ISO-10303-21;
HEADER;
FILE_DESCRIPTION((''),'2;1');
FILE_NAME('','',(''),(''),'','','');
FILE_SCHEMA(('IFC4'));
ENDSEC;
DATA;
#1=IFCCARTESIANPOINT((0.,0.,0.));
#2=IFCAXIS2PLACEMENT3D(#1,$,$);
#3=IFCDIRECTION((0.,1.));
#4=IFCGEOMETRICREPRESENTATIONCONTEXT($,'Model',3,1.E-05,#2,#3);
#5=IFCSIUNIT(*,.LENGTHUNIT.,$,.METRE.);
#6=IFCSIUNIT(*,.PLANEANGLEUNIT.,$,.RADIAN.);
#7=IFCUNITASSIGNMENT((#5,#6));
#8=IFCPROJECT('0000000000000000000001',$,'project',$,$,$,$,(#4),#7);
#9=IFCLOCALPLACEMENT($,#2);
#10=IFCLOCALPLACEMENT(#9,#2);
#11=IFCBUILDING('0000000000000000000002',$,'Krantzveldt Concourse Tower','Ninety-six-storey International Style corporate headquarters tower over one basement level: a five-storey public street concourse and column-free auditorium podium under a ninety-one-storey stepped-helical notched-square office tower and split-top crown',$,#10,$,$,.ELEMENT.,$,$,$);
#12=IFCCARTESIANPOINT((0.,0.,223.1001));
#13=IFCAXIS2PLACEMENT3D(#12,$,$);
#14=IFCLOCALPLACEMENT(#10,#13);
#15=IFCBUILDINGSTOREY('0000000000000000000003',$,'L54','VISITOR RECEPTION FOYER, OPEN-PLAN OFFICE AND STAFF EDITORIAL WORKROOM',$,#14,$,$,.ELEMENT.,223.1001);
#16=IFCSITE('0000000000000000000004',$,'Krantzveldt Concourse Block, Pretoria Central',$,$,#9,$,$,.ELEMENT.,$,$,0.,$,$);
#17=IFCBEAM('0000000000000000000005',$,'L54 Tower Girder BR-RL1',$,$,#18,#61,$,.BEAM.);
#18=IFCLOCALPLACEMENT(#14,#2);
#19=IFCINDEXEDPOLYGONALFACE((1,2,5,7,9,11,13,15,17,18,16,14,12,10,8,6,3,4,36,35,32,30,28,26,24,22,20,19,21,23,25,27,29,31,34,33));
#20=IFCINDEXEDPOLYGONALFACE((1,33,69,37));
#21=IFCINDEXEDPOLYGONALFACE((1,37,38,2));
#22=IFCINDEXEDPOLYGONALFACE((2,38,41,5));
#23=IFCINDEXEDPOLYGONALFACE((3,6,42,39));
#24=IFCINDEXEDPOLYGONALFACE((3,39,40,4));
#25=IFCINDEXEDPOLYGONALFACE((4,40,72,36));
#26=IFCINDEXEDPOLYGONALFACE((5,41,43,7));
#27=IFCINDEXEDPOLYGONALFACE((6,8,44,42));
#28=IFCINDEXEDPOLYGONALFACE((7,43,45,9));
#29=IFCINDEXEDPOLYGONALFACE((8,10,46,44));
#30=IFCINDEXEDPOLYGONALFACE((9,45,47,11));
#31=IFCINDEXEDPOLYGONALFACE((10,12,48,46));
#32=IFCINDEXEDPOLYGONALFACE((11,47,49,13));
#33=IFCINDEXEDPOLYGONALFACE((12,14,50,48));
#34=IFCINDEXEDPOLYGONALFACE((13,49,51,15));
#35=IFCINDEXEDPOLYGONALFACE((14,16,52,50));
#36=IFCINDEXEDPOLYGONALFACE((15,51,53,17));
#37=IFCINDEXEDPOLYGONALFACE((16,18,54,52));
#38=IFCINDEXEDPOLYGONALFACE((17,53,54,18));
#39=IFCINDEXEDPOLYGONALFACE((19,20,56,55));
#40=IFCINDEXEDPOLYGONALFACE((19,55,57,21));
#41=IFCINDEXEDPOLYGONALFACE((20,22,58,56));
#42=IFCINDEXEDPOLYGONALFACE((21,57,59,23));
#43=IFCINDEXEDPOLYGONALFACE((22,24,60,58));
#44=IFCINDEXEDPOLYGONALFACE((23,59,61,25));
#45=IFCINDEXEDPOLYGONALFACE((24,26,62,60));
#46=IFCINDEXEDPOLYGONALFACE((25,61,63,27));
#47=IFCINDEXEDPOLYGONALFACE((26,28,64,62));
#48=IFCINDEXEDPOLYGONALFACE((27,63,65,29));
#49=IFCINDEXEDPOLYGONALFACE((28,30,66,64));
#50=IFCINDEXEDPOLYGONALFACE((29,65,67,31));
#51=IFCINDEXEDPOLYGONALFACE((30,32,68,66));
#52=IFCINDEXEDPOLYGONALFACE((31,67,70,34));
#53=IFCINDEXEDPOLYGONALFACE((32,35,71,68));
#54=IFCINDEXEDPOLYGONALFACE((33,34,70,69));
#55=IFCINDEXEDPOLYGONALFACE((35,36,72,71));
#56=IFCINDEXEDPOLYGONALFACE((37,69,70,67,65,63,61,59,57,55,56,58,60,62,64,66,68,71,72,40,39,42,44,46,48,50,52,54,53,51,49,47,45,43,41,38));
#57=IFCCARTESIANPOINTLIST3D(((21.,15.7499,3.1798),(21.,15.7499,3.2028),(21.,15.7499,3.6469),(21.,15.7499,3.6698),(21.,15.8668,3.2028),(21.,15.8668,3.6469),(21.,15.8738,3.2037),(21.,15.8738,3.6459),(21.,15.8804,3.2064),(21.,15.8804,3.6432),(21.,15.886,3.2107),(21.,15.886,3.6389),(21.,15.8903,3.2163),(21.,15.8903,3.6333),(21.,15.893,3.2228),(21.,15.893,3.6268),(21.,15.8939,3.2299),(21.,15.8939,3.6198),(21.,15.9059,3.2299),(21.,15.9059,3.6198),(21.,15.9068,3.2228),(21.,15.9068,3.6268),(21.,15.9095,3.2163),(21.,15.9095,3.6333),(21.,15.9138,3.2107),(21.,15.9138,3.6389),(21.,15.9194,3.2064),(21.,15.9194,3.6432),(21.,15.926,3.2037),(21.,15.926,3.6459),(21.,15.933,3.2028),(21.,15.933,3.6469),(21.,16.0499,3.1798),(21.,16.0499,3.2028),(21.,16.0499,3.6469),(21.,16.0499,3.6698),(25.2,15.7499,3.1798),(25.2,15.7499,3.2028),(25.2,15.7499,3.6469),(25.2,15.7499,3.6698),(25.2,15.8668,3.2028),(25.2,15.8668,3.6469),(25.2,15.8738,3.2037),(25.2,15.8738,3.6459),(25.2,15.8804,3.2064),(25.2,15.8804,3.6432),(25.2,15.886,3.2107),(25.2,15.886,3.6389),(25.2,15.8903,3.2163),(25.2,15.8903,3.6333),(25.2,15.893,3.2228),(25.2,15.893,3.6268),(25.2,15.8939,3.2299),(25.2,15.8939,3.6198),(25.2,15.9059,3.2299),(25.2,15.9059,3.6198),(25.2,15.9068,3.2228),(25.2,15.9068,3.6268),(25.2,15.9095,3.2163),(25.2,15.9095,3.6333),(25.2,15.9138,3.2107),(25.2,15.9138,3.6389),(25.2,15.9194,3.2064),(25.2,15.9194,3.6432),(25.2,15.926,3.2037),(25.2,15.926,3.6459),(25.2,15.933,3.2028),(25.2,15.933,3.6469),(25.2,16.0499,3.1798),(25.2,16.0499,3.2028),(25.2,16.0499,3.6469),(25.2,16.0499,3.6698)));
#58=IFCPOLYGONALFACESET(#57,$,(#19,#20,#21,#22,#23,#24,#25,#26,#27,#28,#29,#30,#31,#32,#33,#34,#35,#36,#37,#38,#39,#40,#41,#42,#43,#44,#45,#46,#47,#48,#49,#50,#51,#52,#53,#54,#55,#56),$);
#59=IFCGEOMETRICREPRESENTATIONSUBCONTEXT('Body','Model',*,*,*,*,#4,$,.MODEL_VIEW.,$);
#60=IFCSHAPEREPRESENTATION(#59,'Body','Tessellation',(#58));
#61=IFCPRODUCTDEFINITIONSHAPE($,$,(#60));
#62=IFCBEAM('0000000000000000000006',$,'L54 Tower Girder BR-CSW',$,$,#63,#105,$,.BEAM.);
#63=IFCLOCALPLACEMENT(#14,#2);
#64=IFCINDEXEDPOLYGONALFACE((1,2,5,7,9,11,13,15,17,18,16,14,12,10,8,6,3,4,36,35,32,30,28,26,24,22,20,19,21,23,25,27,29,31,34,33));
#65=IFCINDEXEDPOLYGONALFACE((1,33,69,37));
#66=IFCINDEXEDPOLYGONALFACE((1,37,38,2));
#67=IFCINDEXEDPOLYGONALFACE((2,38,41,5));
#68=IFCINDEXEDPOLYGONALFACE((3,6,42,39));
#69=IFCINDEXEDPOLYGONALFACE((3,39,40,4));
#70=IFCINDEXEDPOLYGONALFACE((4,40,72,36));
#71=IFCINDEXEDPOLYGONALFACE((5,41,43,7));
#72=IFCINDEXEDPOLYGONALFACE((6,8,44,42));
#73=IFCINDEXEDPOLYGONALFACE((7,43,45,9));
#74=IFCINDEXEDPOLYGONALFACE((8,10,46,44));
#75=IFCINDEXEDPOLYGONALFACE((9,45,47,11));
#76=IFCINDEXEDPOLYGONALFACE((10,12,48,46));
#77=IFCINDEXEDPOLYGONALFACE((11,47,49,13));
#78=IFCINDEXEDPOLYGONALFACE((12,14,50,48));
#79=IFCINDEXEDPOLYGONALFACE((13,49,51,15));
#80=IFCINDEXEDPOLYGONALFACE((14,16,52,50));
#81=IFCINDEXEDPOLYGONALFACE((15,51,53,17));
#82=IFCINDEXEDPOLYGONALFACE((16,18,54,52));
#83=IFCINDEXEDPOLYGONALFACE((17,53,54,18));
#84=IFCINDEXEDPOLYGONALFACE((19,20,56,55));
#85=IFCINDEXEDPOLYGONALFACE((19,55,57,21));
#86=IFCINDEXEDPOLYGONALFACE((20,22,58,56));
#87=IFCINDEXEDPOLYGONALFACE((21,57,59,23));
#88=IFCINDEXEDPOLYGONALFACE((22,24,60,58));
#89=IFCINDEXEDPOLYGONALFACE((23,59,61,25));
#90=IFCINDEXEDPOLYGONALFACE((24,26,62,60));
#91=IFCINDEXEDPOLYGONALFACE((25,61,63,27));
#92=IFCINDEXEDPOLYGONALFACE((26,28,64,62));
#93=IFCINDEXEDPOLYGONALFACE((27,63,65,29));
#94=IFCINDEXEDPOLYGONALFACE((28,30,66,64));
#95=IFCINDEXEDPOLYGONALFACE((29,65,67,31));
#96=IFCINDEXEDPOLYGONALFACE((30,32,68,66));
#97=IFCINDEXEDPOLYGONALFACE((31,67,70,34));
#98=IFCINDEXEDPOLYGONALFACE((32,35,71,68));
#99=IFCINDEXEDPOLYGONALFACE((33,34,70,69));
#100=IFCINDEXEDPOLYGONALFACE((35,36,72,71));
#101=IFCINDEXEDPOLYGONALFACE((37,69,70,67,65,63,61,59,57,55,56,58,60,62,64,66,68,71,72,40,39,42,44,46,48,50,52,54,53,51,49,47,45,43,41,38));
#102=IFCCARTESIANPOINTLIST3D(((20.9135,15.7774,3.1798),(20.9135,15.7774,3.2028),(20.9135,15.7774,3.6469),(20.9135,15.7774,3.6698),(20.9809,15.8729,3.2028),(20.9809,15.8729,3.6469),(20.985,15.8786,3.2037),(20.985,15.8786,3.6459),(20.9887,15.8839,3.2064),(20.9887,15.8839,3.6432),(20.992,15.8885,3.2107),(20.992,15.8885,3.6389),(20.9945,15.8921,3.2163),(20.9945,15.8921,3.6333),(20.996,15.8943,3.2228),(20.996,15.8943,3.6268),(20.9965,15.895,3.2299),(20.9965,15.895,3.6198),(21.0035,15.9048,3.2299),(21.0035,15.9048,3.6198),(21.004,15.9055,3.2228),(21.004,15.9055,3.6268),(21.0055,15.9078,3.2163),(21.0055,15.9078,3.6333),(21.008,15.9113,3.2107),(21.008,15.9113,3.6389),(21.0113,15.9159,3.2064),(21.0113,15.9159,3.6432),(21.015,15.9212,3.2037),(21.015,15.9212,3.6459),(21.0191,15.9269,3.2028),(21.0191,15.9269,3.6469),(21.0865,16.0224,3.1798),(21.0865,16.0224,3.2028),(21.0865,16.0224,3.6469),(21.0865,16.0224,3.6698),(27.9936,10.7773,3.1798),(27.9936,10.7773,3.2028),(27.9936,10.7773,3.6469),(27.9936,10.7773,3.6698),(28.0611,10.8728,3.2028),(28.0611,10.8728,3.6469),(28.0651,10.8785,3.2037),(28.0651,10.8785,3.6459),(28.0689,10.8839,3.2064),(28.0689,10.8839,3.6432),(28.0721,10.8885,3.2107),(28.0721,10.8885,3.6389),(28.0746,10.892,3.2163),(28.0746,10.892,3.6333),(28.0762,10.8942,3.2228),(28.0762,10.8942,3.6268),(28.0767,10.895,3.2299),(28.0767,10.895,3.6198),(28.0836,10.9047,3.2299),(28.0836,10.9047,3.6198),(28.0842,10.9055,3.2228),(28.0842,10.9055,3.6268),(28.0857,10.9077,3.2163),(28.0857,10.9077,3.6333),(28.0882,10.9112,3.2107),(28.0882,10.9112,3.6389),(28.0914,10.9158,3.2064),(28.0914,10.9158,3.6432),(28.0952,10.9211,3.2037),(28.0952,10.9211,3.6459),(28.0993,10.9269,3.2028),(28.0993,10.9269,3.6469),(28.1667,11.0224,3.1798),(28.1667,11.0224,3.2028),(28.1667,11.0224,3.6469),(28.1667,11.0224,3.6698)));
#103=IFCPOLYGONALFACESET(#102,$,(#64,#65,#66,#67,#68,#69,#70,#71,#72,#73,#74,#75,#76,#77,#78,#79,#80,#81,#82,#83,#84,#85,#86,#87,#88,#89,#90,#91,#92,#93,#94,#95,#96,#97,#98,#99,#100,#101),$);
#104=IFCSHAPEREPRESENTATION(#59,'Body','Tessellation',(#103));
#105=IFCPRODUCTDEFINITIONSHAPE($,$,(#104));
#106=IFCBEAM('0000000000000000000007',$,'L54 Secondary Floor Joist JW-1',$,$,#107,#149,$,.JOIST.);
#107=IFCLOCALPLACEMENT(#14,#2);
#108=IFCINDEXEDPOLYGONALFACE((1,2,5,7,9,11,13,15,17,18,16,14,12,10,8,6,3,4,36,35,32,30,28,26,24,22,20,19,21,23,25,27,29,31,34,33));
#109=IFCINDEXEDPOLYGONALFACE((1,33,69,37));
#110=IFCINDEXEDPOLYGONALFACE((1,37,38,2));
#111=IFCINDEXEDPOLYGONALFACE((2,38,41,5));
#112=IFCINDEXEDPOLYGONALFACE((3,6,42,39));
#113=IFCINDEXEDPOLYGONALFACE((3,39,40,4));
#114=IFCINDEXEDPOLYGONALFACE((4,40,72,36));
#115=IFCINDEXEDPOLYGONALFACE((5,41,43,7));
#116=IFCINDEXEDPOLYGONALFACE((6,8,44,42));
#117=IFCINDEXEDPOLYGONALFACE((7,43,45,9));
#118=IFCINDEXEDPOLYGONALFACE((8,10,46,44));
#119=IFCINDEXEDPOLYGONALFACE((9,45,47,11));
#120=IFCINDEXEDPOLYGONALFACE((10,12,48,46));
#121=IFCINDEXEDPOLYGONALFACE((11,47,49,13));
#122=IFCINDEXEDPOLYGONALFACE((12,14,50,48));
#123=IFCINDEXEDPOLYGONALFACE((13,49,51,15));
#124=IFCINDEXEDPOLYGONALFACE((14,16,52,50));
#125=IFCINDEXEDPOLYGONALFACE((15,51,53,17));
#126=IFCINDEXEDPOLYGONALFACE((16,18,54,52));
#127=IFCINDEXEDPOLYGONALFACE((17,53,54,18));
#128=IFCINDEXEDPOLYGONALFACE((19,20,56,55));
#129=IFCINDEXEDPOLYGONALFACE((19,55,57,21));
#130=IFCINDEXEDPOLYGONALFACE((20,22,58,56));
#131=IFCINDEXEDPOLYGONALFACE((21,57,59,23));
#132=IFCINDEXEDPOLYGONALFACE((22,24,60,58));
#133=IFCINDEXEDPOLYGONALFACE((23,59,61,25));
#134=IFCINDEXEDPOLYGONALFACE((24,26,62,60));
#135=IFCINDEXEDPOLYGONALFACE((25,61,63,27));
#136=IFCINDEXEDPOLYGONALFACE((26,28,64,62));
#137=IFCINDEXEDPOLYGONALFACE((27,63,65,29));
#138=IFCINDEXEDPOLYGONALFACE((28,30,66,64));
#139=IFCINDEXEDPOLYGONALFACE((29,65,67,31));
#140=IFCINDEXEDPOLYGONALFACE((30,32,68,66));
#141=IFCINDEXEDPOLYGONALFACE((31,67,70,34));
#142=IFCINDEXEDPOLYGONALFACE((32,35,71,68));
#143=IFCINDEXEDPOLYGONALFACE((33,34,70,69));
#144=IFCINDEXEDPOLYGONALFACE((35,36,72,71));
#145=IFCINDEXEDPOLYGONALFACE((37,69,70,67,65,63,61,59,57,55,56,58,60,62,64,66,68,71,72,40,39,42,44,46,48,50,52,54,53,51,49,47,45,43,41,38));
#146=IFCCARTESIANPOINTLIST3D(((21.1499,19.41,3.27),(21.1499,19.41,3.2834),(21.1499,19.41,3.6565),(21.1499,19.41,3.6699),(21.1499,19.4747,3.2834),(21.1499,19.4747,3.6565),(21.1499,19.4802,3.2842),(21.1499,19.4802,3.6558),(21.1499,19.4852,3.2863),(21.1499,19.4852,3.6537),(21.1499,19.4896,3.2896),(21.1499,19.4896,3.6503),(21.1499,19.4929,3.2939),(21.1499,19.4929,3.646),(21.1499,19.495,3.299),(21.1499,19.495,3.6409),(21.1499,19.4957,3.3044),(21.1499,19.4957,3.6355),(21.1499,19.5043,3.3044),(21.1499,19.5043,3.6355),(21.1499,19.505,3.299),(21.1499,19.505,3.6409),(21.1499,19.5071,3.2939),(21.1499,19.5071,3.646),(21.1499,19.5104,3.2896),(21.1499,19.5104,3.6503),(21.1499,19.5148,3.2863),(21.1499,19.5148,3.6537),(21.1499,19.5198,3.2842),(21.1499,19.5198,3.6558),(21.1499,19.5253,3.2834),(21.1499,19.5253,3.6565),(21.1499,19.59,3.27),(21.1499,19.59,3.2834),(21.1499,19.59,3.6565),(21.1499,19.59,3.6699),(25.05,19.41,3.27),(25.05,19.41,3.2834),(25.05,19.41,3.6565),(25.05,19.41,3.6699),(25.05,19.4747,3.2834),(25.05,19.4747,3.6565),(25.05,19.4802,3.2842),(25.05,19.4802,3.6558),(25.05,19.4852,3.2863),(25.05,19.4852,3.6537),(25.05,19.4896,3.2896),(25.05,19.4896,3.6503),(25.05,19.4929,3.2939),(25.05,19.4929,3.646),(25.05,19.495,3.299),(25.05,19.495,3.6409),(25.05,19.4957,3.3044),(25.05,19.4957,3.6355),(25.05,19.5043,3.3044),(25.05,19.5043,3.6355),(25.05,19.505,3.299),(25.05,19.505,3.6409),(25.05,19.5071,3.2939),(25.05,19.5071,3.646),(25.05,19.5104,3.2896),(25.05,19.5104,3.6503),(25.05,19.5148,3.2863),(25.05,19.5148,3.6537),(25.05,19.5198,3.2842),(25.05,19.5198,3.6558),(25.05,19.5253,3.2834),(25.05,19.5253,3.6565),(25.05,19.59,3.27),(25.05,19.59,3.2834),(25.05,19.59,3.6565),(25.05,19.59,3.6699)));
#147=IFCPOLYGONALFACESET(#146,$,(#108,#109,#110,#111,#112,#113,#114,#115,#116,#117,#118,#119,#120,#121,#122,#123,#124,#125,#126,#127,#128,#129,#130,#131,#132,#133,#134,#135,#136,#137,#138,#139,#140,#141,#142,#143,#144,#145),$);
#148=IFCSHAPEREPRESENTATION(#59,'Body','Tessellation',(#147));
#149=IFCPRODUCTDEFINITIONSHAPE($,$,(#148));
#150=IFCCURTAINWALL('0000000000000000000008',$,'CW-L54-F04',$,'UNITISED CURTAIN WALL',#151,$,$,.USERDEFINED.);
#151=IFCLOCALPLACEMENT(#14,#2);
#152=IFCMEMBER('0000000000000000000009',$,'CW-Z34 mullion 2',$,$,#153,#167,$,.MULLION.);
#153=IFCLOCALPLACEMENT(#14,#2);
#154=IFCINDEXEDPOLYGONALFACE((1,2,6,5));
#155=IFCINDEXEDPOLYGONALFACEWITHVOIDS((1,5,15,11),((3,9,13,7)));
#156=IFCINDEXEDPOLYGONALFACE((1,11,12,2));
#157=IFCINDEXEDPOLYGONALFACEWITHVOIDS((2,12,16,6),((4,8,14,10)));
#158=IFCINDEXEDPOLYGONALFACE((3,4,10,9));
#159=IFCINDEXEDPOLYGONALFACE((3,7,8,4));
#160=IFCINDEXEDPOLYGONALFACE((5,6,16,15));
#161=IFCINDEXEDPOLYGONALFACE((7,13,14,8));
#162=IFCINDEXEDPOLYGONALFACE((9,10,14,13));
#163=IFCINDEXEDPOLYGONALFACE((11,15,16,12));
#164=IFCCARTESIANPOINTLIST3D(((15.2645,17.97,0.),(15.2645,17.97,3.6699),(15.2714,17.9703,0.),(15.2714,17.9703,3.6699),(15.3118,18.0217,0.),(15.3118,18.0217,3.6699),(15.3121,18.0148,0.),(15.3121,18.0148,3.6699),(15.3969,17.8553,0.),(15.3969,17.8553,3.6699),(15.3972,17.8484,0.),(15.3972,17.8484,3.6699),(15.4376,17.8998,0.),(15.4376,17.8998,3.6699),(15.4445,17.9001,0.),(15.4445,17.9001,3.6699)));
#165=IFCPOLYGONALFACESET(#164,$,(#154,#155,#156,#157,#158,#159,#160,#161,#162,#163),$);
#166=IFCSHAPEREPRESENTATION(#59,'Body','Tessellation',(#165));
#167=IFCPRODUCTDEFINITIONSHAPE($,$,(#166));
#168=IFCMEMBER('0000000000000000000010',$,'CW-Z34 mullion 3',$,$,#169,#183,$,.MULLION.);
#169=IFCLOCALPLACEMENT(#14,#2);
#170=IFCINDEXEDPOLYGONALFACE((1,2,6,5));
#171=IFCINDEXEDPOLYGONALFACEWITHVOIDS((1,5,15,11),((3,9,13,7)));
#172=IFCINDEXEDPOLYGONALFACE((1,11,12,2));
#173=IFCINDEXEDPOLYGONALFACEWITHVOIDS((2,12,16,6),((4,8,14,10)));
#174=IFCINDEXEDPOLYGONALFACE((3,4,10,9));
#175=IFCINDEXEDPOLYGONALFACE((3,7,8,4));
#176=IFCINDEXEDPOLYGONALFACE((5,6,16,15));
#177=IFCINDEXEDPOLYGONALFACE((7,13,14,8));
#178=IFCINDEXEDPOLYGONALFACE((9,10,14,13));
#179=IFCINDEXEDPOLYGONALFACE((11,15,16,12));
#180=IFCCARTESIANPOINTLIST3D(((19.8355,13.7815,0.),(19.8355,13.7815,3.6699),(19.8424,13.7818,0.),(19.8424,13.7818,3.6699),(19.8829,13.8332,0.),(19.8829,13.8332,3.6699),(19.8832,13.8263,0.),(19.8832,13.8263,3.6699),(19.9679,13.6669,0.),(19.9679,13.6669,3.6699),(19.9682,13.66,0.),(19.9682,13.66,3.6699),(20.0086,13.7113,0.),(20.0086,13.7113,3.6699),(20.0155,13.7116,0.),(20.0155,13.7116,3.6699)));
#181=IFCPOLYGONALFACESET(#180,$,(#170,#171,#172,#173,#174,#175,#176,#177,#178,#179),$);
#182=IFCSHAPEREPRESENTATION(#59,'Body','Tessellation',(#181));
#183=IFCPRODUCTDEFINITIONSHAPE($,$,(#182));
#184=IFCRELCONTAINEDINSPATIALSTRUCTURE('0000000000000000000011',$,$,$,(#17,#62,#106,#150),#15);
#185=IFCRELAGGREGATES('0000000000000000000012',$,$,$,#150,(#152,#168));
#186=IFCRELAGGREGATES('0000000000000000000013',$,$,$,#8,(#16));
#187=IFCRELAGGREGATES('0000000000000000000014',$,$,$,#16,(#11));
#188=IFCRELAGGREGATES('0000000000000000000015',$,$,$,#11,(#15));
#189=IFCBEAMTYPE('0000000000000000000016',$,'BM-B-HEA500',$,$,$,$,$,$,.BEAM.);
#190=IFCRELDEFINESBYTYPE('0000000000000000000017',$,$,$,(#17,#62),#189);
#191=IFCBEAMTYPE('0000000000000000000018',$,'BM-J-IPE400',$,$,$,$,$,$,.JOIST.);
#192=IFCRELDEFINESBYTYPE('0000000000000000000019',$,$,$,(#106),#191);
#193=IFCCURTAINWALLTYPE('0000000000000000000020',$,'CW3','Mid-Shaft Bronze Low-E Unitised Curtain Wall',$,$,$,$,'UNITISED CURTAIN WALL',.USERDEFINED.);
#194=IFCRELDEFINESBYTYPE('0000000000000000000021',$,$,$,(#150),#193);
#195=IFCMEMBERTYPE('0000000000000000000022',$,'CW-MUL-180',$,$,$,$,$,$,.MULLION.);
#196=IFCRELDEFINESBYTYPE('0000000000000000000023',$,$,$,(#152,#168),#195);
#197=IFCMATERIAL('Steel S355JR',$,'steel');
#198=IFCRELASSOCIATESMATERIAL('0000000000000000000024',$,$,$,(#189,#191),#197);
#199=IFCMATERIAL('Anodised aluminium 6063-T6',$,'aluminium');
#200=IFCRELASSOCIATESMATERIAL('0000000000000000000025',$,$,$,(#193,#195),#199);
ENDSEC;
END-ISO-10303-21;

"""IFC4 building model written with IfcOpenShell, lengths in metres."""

from ifc_helpers import new_model, si_unit, direction, frame, origin, origin_2d, place, context, subcontext, project, spatial, hollow_rectangle, i_section, extrude, source, transform, mapped, material, material_profile, profile_set, type_object, type_shapes, element, aggregate, save


model = new_model("IFC4")

# Units and contexts
model_context = context("Model", 3, precision=1e-05, world=origin(), true_north=direction((0.0, 1.0)))
body_context = subcontext(model_context, "Body", "Model", "MODEL_VIEW")
ifc_project = project(units=[si_unit("LENGTHUNIT", "METRE"), si_unit("PLANEANGLEUNIT", "RADIAN")], contexts=[model_context])

# Site, building, storey
site_placement = place(None, origin())
site = spatial("IfcSite", under=ifc_project, at=site_placement, Name="Krantzveldt Concourse Block, Pretoria Central", CompositionType="ELEMENT", RefElevation=0.0)
building_placement = place(site_placement, origin())
building = spatial("IfcBuilding", under=site, at=building_placement, Name="Krantzveldt Concourse Tower", Description="Ninety-six-storey International Style corporate headquarters tower over one basement level: a five-storey public street concourse and column-free auditorium podium under a ninety-one-storey stepped-helical notched-square office tower and split-top crown", CompositionType="ELEMENT")
storey_placement = place(building_placement, frame((0.0, 0.0, 223.1001)))
storey = spatial("IfcBuildingStorey", under=building, at=storey_placement, Name="L54", Description="VISITOR RECEPTION FOYER, OPEN-PLAN OFFICE AND STAFF EDITORIAL WORKROOM", CompositionType="ELEMENT", Elevation=223.1001)

# Beams
ifc_material_1 = material(Name="Steel S355JR", Category="steel")
ifc_material_profile_1 = material_profile(ifc_material_1, i_section(OverallWidth=0.3, OverallDepth=0.49, WebThickness=0.012, FlangeThickness=0.0229, FilletRadius=0.0271, at=origin_2d()), Name="Steel S355JR", Category="steel")
ifc_profile_set_1 = profile_set([ifc_material_profile_1], Name="Steel S355JR - HEA 500")
beam_type_1 = type_object("IfcBeamType", Name="BM-B-HEA500", PredefinedType="BEAM", material=ifc_profile_set_1)
shared_shape_1 = source(origin(), body_context, "Body", "SweptSolid", [
    extrude(i_section(OverallWidth=0.3, OverallDepth=0.49, WebThickness=0.012, FlangeThickness=0.0229, FilletRadius=0.0271, at=origin_2d()), origin(), (0.0, 0.0, 1.0), 4.2),
])
beam_1_placement = place(storey_placement, frame((21.0, 15.8999, 3.4248), z_axis=(1.0, 0.0, 0.0), x_axis=(0.0, 1.0, 0.0)))
element("IfcBeam", 1, at=beam_1_placement, inside=storey, type_object=beam_type_1, Name="L54 Tower Girder BR-RL1", PredefinedType="BEAM", context=body_context, shape_type="MappedRepresentation", body=[
    mapped(shared_shape_1, transform((0.0, 0.0, 0.0), x_axis=(1.0, 0.0, 0.0), y_axis=(0.0, 1.0, 0.0), z_axis=(0.0, 0.0, 1.0), scale=1.0)),
])
shared_shape_2 = source(origin(), body_context, "Body", "SweptSolid", [
    extrude(i_section(OverallWidth=0.3, OverallDepth=0.49, WebThickness=0.012, FlangeThickness=0.0229, FilletRadius=0.0271, at=origin_2d()), origin(), (0.0, 0.0, 1.0), 8.6677),
])
type_shapes(beam_type_1, [shared_shape_1, shared_shape_2])
beam_2_placement = place(storey_placement, frame((21.0, 15.8999, 3.4248), z_axis=(0.816843, -0.57686, 0.0), x_axis=(0.57686, 0.816843, 0.0)))
element("IfcBeam", 2, at=beam_2_placement, inside=storey, type_object=beam_type_1, Name="L54 Tower Girder BR-CSW", PredefinedType="BEAM", context=body_context, shape_type="MappedRepresentation", body=[
    mapped(shared_shape_2, transform((0.0, 0.0, 0.0), x_axis=(1.0, 0.0, 0.0), y_axis=(0.0, 1.0, 0.0), z_axis=(0.0, 0.0, 1.0), scale=1.0)),
])
ifc_material_profile_2 = material_profile(ifc_material_1, i_section(OverallWidth=0.1799, OverallDepth=0.3999, WebThickness=0.0085, FlangeThickness=0.0134, FilletRadius=0.021, at=origin_2d()), Name="Steel S355JR", Category="steel")
ifc_profile_set_2 = profile_set([ifc_material_profile_2], Name="Steel S355JR - IPE 400")
beam_type_2 = type_object("IfcBeamType", Name="BM-J-IPE400", PredefinedType="JOIST", material=ifc_profile_set_2)
shared_shape_3 = source(origin(), body_context, "Body", "SweptSolid", [
    extrude(i_section(OverallWidth=0.1799, OverallDepth=0.3999, WebThickness=0.0085, FlangeThickness=0.0134, FilletRadius=0.021, at=origin_2d()), origin(), (0.0, 0.0, 1.0), 3.9001),
])
type_shapes(beam_type_2, [shared_shape_3])
beam_3_placement = place(storey_placement, frame((21.1499, 19.5, 3.47), z_axis=(1.0, 0.0, 0.0), x_axis=(0.0, 1.0, 0.0)))
element("IfcBeam", 3, at=beam_3_placement, inside=storey, type_object=beam_type_2, Name="L54 Secondary Floor Joist JW-1", PredefinedType="JOIST", context=body_context, shape_type="MappedRepresentation", body=[
    mapped(shared_shape_3, transform((0.0, 0.0, 0.0), x_axis=(1.0, 0.0, 0.0), y_axis=(0.0, 1.0, 0.0), z_axis=(0.0, 0.0, 1.0), scale=1.0)),
])

# Curtain wall, members
ifc_material_2 = material(Name="Anodised aluminium 6063-T6", Category="aluminium")
curtain_wall_type = type_object("IfcCurtainWallType", Name="CW3", Description="Mid-Shaft Bronze Low-E Unitised Curtain Wall", ElementType="UNITISED CURTAIN WALL", PredefinedType="USERDEFINED", material=ifc_material_2)
curtain_wall_placement = place(storey_placement, origin())
curtain_wall = element("IfcCurtainWall", 4, at=curtain_wall_placement, inside=storey, type_object=curtain_wall_type, Name="CW-L54-F04", ObjectType="UNITISED CURTAIN WALL", PredefinedType="USERDEFINED")
ifc_material_profile_3 = material_profile(ifc_material_2, hollow_rectangle(XDim=0.0701, YDim=0.1799, WallThickness=0.0049, at=origin_2d()), Name="Anodised aluminium 6063-T6", Category="aluminium")
ifc_profile_set_3 = profile_set([ifc_material_profile_3], Name="Anodised aluminium 6063-T6 - ALU-MULL 180x70x5")
member_type_1 = type_object("IfcMemberType", Name="CW-MUL-180", PredefinedType="MULLION", material=ifc_profile_set_3)
shared_shape_4 = source(origin(), body_context, "Body", "SweptSolid", [
    extrude(hollow_rectangle(XDim=0.0701, YDim=0.1799, WallThickness=0.0049, at=origin_2d()), origin(), (0.0, 0.0, 1.0), 3.6699),
])
type_shapes(member_type_1, [shared_shape_4])
member_1_placement = place(storey_placement, frame((15.3545, 17.9351, 0.0), z_axis=(0.0, 0.0, 1.0), x_axis=(0.67559, 0.737277, 0.0)))
member_1 = element("IfcMember", 5, at=member_1_placement, type_object=member_type_1, Name="CW-Z34 mullion 2", PredefinedType="MULLION", context=body_context, shape_type="MappedRepresentation", body=[
    mapped(shared_shape_4, transform((0.0, 0.0, 0.0), x_axis=(1.0, 0.0, 0.0), y_axis=(0.0, 1.0, 0.0), z_axis=(0.0, 0.0, 1.0), scale=1.0)),
])
member_2_placement = place(storey_placement, frame((19.9255, 13.7466, 0.0), z_axis=(0.0, 0.0, 1.0), x_axis=(0.67559, 0.737277, 0.0)))
member_2 = element("IfcMember", 6, at=member_2_placement, type_object=member_type_1, Name="CW-Z34 mullion 3", PredefinedType="MULLION", context=body_context, shape_type="MappedRepresentation", body=[
    mapped(shared_shape_4, transform((0.0, 0.0, 0.0), x_axis=(1.0, 0.0, 0.0), y_axis=(0.0, 1.0, 0.0), z_axis=(0.0, 0.0, 1.0), scale=1.0)),
])

aggregate(curtain_wall, [member_1, member_2])

save(model, "model.ifc")
